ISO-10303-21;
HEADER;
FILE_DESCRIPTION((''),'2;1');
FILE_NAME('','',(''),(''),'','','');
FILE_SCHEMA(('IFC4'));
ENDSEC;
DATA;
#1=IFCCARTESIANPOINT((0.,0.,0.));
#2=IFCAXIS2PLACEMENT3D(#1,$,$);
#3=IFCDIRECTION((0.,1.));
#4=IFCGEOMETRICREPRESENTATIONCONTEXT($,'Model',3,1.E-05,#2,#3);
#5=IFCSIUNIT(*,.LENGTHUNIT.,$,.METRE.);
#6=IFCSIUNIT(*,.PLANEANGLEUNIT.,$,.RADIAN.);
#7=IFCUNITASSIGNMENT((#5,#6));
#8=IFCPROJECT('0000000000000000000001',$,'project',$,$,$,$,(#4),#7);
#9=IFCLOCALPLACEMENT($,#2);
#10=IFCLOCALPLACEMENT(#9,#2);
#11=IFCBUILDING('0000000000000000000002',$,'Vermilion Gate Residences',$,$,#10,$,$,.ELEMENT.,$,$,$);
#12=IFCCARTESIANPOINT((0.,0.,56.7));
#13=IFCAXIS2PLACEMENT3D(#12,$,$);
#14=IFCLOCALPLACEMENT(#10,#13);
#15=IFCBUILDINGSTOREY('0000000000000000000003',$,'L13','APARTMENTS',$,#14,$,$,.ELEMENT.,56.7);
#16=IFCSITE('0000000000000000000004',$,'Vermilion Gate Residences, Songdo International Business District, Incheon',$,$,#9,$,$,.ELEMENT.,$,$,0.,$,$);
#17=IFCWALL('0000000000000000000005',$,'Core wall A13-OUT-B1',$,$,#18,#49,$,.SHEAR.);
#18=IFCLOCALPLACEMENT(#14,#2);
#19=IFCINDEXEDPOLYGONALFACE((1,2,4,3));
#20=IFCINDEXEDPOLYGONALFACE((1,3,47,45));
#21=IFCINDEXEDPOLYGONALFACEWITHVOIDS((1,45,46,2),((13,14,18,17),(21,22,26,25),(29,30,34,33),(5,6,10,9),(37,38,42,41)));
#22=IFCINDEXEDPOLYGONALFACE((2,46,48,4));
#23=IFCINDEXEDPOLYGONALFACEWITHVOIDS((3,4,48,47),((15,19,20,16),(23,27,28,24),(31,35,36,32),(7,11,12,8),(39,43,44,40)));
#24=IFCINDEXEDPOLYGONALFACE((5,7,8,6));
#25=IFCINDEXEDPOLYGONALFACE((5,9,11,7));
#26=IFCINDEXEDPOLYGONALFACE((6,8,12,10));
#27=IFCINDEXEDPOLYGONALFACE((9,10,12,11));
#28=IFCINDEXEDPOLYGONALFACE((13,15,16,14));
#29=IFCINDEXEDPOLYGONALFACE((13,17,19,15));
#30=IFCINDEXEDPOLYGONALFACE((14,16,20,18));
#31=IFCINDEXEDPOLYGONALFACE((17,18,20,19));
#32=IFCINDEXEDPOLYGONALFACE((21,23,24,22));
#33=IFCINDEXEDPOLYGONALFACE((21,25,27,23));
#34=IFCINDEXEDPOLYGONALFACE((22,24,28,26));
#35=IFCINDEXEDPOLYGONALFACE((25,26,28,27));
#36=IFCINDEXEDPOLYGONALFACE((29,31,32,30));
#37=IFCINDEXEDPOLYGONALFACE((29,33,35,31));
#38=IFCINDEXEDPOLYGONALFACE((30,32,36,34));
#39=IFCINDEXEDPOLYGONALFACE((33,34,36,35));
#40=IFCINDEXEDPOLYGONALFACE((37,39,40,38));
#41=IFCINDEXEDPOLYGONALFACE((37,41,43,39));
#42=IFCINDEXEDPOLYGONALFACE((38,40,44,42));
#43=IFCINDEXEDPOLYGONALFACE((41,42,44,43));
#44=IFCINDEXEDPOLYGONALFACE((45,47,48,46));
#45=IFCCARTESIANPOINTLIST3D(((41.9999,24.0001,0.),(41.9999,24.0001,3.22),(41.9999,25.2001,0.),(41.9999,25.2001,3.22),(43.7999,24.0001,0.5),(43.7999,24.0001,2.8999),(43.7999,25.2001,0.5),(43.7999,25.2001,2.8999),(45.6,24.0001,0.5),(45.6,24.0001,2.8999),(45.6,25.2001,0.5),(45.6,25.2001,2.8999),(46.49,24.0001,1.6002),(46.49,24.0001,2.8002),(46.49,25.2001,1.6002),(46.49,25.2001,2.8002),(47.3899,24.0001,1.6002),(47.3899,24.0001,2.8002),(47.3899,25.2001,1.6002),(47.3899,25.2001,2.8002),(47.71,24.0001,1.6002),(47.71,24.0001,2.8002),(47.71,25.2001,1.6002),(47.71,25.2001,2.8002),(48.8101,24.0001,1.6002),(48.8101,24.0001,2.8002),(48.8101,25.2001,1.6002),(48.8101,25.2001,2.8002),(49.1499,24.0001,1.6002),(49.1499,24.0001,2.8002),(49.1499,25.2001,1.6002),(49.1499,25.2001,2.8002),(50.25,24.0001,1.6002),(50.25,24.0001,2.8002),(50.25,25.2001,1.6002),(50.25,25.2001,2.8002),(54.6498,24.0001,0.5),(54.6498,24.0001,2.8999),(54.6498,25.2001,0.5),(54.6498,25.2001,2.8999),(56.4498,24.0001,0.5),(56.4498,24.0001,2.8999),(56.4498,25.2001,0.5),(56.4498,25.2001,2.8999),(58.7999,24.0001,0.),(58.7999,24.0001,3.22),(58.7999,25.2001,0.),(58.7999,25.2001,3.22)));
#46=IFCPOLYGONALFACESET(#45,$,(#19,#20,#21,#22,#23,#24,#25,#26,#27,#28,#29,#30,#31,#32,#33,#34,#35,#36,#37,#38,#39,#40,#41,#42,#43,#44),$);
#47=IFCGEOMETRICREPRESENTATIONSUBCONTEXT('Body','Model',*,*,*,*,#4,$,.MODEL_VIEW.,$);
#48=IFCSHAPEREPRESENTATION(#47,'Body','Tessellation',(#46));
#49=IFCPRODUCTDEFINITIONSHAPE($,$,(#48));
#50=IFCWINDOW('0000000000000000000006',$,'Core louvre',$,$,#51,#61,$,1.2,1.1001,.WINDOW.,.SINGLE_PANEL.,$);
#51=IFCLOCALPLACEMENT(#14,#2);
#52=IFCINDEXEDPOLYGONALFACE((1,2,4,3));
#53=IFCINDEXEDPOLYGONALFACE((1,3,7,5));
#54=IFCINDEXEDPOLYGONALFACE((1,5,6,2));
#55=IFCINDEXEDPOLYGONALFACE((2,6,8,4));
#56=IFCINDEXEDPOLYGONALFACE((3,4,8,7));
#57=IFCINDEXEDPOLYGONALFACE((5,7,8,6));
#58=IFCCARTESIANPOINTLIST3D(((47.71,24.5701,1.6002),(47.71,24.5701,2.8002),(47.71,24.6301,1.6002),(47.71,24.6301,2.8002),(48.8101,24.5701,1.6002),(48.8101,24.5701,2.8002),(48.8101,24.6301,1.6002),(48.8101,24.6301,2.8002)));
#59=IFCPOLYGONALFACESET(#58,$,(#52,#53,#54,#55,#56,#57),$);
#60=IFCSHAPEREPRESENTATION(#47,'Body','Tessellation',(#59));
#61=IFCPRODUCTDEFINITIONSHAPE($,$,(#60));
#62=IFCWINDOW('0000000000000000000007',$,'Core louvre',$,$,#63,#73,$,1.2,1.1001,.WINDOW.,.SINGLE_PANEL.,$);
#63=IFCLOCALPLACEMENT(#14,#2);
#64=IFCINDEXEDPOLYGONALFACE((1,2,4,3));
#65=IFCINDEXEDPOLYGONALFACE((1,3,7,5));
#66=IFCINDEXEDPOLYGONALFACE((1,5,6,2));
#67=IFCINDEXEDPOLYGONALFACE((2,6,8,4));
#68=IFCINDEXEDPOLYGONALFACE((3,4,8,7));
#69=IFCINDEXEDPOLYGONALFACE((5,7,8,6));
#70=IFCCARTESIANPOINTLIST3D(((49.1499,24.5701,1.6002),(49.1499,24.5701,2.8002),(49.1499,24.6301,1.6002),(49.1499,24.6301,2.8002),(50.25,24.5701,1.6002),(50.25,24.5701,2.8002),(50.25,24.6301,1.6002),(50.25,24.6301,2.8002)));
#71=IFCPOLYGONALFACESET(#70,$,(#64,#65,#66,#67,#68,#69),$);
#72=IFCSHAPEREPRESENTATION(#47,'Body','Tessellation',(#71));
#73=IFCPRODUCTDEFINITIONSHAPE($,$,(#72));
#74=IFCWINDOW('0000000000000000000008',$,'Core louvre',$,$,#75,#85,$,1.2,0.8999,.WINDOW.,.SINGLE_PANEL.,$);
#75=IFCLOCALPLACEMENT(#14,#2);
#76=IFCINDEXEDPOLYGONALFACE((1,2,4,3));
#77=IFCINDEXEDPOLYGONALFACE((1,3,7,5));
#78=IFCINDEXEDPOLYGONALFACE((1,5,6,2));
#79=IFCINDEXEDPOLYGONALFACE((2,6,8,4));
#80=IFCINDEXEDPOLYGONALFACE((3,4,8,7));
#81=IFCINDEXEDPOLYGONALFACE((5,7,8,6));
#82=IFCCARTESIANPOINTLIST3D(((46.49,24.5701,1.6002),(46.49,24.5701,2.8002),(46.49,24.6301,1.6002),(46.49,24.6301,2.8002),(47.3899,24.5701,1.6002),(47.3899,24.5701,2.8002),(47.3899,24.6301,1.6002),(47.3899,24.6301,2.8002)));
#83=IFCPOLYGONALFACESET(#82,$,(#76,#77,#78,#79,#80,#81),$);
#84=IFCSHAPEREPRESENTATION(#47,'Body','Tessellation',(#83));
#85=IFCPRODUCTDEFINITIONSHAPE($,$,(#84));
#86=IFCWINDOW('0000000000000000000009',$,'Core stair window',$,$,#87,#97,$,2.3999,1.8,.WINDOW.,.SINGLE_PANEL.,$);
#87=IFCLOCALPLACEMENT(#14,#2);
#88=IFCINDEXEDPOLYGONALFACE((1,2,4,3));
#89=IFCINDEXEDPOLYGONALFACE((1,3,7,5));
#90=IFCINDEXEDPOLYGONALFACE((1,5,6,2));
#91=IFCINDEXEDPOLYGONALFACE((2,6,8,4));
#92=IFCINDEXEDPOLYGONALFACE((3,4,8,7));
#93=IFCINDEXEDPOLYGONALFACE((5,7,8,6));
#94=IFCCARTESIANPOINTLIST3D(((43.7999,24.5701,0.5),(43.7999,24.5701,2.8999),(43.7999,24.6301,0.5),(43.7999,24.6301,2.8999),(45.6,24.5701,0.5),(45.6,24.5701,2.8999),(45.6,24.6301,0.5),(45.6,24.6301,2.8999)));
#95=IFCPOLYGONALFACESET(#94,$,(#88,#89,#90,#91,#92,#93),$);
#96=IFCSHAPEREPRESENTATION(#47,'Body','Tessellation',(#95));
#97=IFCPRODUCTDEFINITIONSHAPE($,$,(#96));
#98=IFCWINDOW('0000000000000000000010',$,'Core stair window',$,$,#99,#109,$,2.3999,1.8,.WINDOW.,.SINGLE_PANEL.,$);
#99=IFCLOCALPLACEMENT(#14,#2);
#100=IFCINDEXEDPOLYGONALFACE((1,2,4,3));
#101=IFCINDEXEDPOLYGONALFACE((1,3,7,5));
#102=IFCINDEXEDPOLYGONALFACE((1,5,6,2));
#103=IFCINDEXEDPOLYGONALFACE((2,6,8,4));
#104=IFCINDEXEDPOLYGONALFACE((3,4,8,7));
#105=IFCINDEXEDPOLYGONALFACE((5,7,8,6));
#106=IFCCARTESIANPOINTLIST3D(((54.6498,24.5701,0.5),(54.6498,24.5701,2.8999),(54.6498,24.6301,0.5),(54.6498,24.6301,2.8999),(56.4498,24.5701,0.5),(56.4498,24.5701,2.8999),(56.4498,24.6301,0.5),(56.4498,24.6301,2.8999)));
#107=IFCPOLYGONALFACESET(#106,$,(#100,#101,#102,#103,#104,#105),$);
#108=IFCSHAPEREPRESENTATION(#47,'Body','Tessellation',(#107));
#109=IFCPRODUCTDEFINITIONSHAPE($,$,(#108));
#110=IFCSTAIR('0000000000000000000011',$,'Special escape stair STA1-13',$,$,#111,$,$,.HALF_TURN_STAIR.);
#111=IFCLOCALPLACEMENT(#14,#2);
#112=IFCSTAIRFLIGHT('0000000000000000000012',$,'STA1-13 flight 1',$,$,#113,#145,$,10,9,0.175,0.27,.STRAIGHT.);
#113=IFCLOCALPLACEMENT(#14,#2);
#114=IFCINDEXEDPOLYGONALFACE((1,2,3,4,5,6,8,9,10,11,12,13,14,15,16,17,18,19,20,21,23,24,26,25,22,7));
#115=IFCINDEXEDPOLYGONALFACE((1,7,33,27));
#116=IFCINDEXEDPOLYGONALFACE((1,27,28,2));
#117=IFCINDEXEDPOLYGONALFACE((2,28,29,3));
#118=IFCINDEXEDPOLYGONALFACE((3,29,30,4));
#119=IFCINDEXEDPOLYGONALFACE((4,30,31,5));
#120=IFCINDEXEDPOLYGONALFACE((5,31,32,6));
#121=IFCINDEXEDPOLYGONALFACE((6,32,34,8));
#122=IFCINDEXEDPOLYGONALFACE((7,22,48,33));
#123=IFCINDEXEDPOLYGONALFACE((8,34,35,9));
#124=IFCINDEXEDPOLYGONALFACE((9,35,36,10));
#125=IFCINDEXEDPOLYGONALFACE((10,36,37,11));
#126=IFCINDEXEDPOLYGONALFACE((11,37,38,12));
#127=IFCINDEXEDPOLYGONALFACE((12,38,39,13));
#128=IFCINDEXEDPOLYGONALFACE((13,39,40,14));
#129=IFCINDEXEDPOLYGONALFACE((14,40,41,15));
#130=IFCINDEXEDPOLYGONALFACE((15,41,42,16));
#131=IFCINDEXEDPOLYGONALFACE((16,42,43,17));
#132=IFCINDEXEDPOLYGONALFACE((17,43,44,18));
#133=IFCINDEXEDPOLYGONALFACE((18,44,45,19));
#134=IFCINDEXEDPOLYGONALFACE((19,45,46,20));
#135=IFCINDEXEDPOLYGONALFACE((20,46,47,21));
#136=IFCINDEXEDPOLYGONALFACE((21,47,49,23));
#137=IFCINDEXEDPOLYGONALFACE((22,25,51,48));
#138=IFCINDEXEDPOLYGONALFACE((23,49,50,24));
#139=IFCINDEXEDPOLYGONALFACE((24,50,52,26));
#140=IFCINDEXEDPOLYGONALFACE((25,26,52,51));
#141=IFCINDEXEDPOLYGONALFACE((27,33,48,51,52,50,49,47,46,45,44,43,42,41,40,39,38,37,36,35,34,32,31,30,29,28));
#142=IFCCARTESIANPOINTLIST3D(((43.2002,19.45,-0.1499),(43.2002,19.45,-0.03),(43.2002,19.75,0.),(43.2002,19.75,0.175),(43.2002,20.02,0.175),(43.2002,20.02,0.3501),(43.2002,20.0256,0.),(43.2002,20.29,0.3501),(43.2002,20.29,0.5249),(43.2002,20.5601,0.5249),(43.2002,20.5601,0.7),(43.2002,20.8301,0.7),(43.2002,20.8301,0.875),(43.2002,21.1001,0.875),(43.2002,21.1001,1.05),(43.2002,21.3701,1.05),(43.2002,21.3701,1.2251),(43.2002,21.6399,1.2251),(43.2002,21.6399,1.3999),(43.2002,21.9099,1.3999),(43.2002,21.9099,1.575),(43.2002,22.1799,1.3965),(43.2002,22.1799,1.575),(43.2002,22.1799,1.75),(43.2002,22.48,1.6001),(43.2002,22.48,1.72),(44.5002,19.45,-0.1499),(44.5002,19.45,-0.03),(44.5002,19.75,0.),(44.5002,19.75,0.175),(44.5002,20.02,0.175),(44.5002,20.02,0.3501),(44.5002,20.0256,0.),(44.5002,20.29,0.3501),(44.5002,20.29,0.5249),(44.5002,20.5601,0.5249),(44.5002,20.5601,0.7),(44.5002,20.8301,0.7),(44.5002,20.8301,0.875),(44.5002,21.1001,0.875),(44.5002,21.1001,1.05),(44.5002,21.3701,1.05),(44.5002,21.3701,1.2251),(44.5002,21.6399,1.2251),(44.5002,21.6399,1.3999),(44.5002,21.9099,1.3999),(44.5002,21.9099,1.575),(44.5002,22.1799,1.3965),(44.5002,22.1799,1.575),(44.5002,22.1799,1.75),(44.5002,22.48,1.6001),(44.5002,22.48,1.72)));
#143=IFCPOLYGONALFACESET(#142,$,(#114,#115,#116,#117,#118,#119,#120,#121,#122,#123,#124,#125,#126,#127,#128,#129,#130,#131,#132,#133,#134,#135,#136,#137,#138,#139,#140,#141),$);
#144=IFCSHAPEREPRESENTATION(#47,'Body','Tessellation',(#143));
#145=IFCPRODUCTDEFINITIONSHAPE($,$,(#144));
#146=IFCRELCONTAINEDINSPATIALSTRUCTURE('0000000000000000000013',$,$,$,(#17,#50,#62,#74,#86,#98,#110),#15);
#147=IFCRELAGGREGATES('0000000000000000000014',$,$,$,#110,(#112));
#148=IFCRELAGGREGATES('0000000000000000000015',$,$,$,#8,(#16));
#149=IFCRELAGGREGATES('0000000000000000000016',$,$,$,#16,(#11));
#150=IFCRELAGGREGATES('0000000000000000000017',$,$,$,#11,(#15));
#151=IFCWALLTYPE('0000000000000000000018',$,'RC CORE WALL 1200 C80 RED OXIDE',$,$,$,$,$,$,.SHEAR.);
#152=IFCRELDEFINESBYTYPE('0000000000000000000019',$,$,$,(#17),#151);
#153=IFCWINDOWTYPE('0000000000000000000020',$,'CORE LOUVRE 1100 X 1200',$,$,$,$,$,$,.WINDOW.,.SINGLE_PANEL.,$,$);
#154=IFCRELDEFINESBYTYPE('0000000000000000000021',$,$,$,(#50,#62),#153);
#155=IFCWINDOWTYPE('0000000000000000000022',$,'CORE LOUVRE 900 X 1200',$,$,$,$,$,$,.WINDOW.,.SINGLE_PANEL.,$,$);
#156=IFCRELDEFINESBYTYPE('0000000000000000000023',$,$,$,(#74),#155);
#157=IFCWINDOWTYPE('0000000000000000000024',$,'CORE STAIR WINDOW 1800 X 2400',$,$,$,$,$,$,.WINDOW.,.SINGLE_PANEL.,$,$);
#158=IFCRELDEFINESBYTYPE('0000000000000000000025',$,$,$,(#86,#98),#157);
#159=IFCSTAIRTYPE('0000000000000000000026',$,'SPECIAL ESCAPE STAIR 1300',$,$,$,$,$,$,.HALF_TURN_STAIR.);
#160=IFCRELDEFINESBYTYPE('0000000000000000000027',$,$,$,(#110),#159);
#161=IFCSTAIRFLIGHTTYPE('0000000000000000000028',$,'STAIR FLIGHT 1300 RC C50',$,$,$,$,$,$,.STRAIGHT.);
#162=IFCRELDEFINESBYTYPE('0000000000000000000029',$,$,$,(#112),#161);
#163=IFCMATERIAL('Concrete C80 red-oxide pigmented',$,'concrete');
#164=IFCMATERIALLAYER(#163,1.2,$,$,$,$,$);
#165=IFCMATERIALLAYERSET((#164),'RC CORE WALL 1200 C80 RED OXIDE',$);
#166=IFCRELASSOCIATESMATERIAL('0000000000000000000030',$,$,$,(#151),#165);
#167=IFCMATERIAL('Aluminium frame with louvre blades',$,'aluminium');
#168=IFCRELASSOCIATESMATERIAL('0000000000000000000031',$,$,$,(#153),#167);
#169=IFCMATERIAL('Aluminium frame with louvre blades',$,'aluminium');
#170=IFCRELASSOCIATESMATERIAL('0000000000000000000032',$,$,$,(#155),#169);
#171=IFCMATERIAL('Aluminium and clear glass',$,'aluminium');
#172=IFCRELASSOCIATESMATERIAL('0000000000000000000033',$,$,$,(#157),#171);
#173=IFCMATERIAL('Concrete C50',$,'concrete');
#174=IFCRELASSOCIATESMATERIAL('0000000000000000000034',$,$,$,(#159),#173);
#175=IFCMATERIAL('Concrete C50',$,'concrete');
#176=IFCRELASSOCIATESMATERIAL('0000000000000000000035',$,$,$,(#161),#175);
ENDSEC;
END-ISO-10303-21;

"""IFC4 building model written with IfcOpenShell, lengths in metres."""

from ifc_helpers import new_model, si_unit, direction, frame, frame_2d, origin, place, context, subcontext, project, spatial, polyline, rectangle, outline, extrude, material, layer, layer_set, type_object, element, fill, aggregate, save


model = new_model("IFC4")

# Units and contexts
model_context = context("Model", 3, precision=1e-05, world=origin(), true_north=direction((0.0, 1.0)))
body_context = subcontext(model_context, "Body", "Model", "MODEL_VIEW")
ifc_project = project(units=[si_unit("LENGTHUNIT", "METRE"), si_unit("PLANEANGLEUNIT", "RADIAN")], contexts=[model_context])

# Site, building, storey
site_placement = place(None, origin())
site = spatial("IfcSite", under=ifc_project, at=site_placement, Name="Vermilion Gate Residences, Songdo International Business District, Incheon", CompositionType="ELEMENT", RefElevation=0.0)
building_placement = place(site_placement, origin())
building = spatial("IfcBuilding", under=site, at=building_placement, Name="Vermilion Gate Residences", CompositionType="ELEMENT")
storey_placement = place(building_placement, frame((0.0, 0.0, 56.7)))
storey = spatial("IfcBuildingStorey", under=building, at=storey_placement, Name="L13", Description="APARTMENTS", CompositionType="ELEMENT", Elevation=56.7)

# Wall, openings, windows
ifc_material_1 = material(Name="Concrete C80 red-oxide pigmented", Category="concrete")
ifc_layer_1 = layer(ifc_material_1, 1.2)
ifc_layer_set_1 = layer_set([ifc_layer_1], Name="RC CORE WALL 1200 C80 RED OXIDE")
wall_type_1 = type_object("IfcWallType", Name="RC CORE WALL 1200 C80 RED OXIDE", PredefinedType="SHEAR", material=ifc_layer_set_1)
wall_1_placement = place(storey_placement, frame((42.0, 24.6001, 0.0), z_axis=(0.0, 0.0, 1.0), x_axis=(1.0, 0.0, 0.0)))
wall_1 = element("IfcWall", 1, at=wall_1_placement, inside=storey, type_object=wall_type_1, Name="Core wall A13-OUT-B1", PredefinedType="SHEAR", context=body_context, shape_type="SweptSolid", body=[
    extrude(rectangle(XDim=16.8, YDim=1.2, at=frame_2d((8.3999, 0.0))), origin(), (0.0, 0.0, 1.0), 3.22),
])
opening_1_placement = place(wall_1_placement, frame((1.8, 0.0, 0.5)))
opening_1 = element("IfcOpeningElement", 2, at=opening_1_placement, cuts=wall_1, PredefinedType="OPENING", context=body_context, shape_type="SweptSolid", body=[
    extrude(rectangle(XDim=1.8, YDim=2.3999, at=frame_2d((0.8999, 1.2))), frame((0.0, 0.6099, 0.0), z_axis=(0.0, -1.0, 0.0), x_axis=(1.0, 0.0, 0.0)), (0.0, 0.0, 1.0), 1.22),
])
opening_2_placement = place(wall_1_placement, frame((4.49, 0.0, 1.6001)))
opening_2 = element("IfcOpeningElement", 3, at=opening_2_placement, cuts=wall_1, PredefinedType="OPENING", context=body_context, shape_type="SweptSolid", body=[
    extrude(rectangle(XDim=0.8999, YDim=1.2, at=frame_2d((0.45, 0.6001))), frame((0.0, 0.6099, 0.0), z_axis=(0.0, -1.0, 0.0), x_axis=(1.0, 0.0, 0.0)), (0.0, 0.0, 1.0), 1.22),
])
opening_3_placement = place(wall_1_placement, frame((5.71, 0.0, 1.6001)))
opening_3 = element("IfcOpeningElement", 4, at=opening_3_placement, cuts=wall_1, PredefinedType="OPENING", context=body_context, shape_type="SweptSolid", body=[
    extrude(rectangle(XDim=1.1001, YDim=1.2, at=frame_2d((0.55, 0.6001))), frame((0.0, 0.6099, 0.0), z_axis=(0.0, -1.0, 0.0), x_axis=(1.0, 0.0, 0.0)), (0.0, 0.0, 1.0), 1.22),
])
opening_4_placement = place(wall_1_placement, frame((7.1499, 0.0, 1.6001)))
opening_4 = element("IfcOpeningElement", 5, at=opening_4_placement, cuts=wall_1, PredefinedType="OPENING", context=body_context, shape_type="SweptSolid", body=[
    extrude(rectangle(XDim=1.1001, YDim=1.2, at=frame_2d((0.55, 0.6001))), frame((0.0, 0.6099, 0.0), z_axis=(0.0, -1.0, 0.0), x_axis=(1.0, 0.0, 0.0)), (0.0, 0.0, 1.0), 1.22),
])
opening_5_placement = place(wall_1_placement, frame((12.6499, 0.0, 0.5)))
opening_5 = element("IfcOpeningElement", 6, at=opening_5_placement, cuts=wall_1, PredefinedType="OPENING", context=body_context, shape_type="SweptSolid", body=[
    extrude(rectangle(XDim=1.8, YDim=2.3999, at=frame_2d((0.8999, 1.2))), frame((0.0, 0.6099, 0.0), z_axis=(0.0, -1.0, 0.0), x_axis=(1.0, 0.0, 0.0)), (0.0, 0.0, 1.0), 1.22),
])
ifc_material_2 = material(Name="Aluminium frame with louvre blades", Category="aluminium")
window_type_1 = type_object("IfcWindowType", Name="CORE LOUVRE 1100 X 1200", PartitioningType="SINGLE_PANEL", PredefinedType="WINDOW", material=ifc_material_2)
window_1_placement = place(opening_3_placement, origin())
window_1 = element("IfcWindow", 7, at=window_1_placement, inside=storey, type_object=window_type_1, Name="Core louvre", OverallHeight=1.2, OverallWidth=1.1001, PartitioningType="SINGLE_PANEL", PredefinedType="WINDOW", context=body_context, shape_type="SweptSolid", body=[
    extrude(rectangle(XDim=1.1001, YDim=1.2, at=frame_2d((0.55, 0.6001))), frame((0.0, 0.03, 0.0), z_axis=(0.0, -1.0, 0.0), x_axis=(1.0, 0.0, 0.0)), (0.0, 0.0, 1.0), 0.0601),
])
fill(opening_3, window_1)
window_2_placement = place(opening_4_placement, origin())
window_2 = element("IfcWindow", 8, at=window_2_placement, inside=storey, type_object=window_type_1, Name="Core louvre", OverallHeight=1.2, OverallWidth=1.1001, PartitioningType="SINGLE_PANEL", PredefinedType="WINDOW", context=body_context, shape_type="SweptSolid", body=[
    extrude(rectangle(XDim=1.1001, YDim=1.2, at=frame_2d((0.55, 0.6001))), frame((0.0, 0.03, 0.0), z_axis=(0.0, -1.0, 0.0), x_axis=(1.0, 0.0, 0.0)), (0.0, 0.0, 1.0), 0.0601),
])
fill(opening_4, window_2)
ifc_material_3 = material(Name="Aluminium frame with louvre blades", Category="aluminium")
window_type_2 = type_object("IfcWindowType", Name="CORE LOUVRE 900 X 1200", PartitioningType="SINGLE_PANEL", PredefinedType="WINDOW", material=ifc_material_3)
window_3_placement = place(opening_2_placement, origin())
window_3 = element("IfcWindow", 9, at=window_3_placement, inside=storey, type_object=window_type_2, Name="Core louvre", OverallHeight=1.2, OverallWidth=0.8999, PartitioningType="SINGLE_PANEL", PredefinedType="WINDOW", context=body_context, shape_type="SweptSolid", body=[
    extrude(rectangle(XDim=0.8999, YDim=1.2, at=frame_2d((0.45, 0.6001))), frame((0.0, 0.03, 0.0), z_axis=(0.0, -1.0, 0.0), x_axis=(1.0, 0.0, 0.0)), (0.0, 0.0, 1.0), 0.0601),
])
fill(opening_2, window_3)
ifc_material_4 = material(Name="Aluminium and clear glass", Category="aluminium")
window_type_3 = type_object("IfcWindowType", Name="CORE STAIR WINDOW 1800 X 2400", PartitioningType="SINGLE_PANEL", PredefinedType="WINDOW", material=ifc_material_4)
window_4_placement = place(opening_1_placement, origin())
window_4 = element("IfcWindow", 10, at=window_4_placement, inside=storey, type_object=window_type_3, Name="Core stair window", OverallHeight=2.3999, OverallWidth=1.8, PartitioningType="SINGLE_PANEL", PredefinedType="WINDOW", context=body_context, shape_type="SweptSolid", body=[
    extrude(rectangle(XDim=1.8, YDim=2.3999, at=frame_2d((0.8999, 1.2))), frame((0.0, 0.03, 0.0), z_axis=(0.0, -1.0, 0.0), x_axis=(1.0, 0.0, 0.0)), (0.0, 0.0, 1.0), 0.0601),
])
fill(opening_1, window_4)
window_5_placement = place(opening_5_placement, origin())
window_5 = element("IfcWindow", 11, at=window_5_placement, inside=storey, type_object=window_type_3, Name="Core stair window", OverallHeight=2.3999, OverallWidth=1.8, PartitioningType="SINGLE_PANEL", PredefinedType="WINDOW", context=body_context, shape_type="SweptSolid", body=[
    extrude(rectangle(XDim=1.8, YDim=2.3999, at=frame_2d((0.8999, 1.2))), frame((0.0, 0.03, 0.0), z_axis=(0.0, -1.0, 0.0), x_axis=(1.0, 0.0, 0.0)), (0.0, 0.0, 1.0), 0.0601),
])
fill(opening_5, window_5)

# Stair, stair flight
ifc_material_5 = material(Name="Concrete C50", Category="concrete")
stair_type = type_object("IfcStairType", Name="SPECIAL ESCAPE STAIR 1300", PredefinedType="HALF_TURN_STAIR", material=ifc_material_5)
stair_placement = place(storey_placement, origin())
stair = element("IfcStair", 12, at=stair_placement, inside=storey, type_object=stair_type, Name="Special escape stair STA1-13", PredefinedType="HALF_TURN_STAIR")
ifc_material_6 = material(Name="Concrete C50", Category="concrete")
stair_flight_type = type_object("IfcStairFlightType", Name="STAIR FLIGHT 1300 RC C50", PredefinedType="STRAIGHT", material=ifc_material_6)
stair_flight_1_placement = place(storey_placement, frame((43.8501, 19.75, 0.0), z_axis=(0.0, 0.0, 1.0), x_axis=(0.0, 1.0, 0.0)))
stair_flight_1 = element("IfcStairFlight", 13, at=stair_flight_1_placement, type_object=stair_flight_type, Name="STA1-13 flight 1", NumberOfRisers=10, NumberOfTreads=9, PredefinedType="STRAIGHT", RiserHeight=0.175, TreadLength=0.27, context=body_context, shape_type="SweptSolid", body=[
    extrude(outline(polyline([(-0.3, -0.1499), (-0.3, -0.03), (0.0, 0.0), (0.0, 0.175), (0.27, 0.175), (0.27, 0.3501), (0.54, 0.3501), (0.54, 0.5249), (0.8101, 0.5249), (0.8101, 0.7), (1.0801, 0.7), (1.0801, 0.875), (1.3501, 0.875), (1.3501, 1.05), (1.6201, 1.05), (1.6201, 1.2251), (1.8899, 1.2251), (1.8899, 1.3999), (2.1599, 1.3999), (2.1599, 1.575), (2.4299, 1.575), (2.4299, 1.75), (2.73, 1.72), (2.73, 1.6001), (2.4299, 1.3965), (0.2756, 0.0), (-0.3, -0.1499)])), frame((0.0, 0.6499, 0.0), z_axis=(0.0, -1.0, 0.0), x_axis=(1.0, 0.0, 0.0)), (0.0, 0.0, 1.0), 1.3),
])
aggregate(stair, [stair_flight_1])

save(model, "model.ifc")
